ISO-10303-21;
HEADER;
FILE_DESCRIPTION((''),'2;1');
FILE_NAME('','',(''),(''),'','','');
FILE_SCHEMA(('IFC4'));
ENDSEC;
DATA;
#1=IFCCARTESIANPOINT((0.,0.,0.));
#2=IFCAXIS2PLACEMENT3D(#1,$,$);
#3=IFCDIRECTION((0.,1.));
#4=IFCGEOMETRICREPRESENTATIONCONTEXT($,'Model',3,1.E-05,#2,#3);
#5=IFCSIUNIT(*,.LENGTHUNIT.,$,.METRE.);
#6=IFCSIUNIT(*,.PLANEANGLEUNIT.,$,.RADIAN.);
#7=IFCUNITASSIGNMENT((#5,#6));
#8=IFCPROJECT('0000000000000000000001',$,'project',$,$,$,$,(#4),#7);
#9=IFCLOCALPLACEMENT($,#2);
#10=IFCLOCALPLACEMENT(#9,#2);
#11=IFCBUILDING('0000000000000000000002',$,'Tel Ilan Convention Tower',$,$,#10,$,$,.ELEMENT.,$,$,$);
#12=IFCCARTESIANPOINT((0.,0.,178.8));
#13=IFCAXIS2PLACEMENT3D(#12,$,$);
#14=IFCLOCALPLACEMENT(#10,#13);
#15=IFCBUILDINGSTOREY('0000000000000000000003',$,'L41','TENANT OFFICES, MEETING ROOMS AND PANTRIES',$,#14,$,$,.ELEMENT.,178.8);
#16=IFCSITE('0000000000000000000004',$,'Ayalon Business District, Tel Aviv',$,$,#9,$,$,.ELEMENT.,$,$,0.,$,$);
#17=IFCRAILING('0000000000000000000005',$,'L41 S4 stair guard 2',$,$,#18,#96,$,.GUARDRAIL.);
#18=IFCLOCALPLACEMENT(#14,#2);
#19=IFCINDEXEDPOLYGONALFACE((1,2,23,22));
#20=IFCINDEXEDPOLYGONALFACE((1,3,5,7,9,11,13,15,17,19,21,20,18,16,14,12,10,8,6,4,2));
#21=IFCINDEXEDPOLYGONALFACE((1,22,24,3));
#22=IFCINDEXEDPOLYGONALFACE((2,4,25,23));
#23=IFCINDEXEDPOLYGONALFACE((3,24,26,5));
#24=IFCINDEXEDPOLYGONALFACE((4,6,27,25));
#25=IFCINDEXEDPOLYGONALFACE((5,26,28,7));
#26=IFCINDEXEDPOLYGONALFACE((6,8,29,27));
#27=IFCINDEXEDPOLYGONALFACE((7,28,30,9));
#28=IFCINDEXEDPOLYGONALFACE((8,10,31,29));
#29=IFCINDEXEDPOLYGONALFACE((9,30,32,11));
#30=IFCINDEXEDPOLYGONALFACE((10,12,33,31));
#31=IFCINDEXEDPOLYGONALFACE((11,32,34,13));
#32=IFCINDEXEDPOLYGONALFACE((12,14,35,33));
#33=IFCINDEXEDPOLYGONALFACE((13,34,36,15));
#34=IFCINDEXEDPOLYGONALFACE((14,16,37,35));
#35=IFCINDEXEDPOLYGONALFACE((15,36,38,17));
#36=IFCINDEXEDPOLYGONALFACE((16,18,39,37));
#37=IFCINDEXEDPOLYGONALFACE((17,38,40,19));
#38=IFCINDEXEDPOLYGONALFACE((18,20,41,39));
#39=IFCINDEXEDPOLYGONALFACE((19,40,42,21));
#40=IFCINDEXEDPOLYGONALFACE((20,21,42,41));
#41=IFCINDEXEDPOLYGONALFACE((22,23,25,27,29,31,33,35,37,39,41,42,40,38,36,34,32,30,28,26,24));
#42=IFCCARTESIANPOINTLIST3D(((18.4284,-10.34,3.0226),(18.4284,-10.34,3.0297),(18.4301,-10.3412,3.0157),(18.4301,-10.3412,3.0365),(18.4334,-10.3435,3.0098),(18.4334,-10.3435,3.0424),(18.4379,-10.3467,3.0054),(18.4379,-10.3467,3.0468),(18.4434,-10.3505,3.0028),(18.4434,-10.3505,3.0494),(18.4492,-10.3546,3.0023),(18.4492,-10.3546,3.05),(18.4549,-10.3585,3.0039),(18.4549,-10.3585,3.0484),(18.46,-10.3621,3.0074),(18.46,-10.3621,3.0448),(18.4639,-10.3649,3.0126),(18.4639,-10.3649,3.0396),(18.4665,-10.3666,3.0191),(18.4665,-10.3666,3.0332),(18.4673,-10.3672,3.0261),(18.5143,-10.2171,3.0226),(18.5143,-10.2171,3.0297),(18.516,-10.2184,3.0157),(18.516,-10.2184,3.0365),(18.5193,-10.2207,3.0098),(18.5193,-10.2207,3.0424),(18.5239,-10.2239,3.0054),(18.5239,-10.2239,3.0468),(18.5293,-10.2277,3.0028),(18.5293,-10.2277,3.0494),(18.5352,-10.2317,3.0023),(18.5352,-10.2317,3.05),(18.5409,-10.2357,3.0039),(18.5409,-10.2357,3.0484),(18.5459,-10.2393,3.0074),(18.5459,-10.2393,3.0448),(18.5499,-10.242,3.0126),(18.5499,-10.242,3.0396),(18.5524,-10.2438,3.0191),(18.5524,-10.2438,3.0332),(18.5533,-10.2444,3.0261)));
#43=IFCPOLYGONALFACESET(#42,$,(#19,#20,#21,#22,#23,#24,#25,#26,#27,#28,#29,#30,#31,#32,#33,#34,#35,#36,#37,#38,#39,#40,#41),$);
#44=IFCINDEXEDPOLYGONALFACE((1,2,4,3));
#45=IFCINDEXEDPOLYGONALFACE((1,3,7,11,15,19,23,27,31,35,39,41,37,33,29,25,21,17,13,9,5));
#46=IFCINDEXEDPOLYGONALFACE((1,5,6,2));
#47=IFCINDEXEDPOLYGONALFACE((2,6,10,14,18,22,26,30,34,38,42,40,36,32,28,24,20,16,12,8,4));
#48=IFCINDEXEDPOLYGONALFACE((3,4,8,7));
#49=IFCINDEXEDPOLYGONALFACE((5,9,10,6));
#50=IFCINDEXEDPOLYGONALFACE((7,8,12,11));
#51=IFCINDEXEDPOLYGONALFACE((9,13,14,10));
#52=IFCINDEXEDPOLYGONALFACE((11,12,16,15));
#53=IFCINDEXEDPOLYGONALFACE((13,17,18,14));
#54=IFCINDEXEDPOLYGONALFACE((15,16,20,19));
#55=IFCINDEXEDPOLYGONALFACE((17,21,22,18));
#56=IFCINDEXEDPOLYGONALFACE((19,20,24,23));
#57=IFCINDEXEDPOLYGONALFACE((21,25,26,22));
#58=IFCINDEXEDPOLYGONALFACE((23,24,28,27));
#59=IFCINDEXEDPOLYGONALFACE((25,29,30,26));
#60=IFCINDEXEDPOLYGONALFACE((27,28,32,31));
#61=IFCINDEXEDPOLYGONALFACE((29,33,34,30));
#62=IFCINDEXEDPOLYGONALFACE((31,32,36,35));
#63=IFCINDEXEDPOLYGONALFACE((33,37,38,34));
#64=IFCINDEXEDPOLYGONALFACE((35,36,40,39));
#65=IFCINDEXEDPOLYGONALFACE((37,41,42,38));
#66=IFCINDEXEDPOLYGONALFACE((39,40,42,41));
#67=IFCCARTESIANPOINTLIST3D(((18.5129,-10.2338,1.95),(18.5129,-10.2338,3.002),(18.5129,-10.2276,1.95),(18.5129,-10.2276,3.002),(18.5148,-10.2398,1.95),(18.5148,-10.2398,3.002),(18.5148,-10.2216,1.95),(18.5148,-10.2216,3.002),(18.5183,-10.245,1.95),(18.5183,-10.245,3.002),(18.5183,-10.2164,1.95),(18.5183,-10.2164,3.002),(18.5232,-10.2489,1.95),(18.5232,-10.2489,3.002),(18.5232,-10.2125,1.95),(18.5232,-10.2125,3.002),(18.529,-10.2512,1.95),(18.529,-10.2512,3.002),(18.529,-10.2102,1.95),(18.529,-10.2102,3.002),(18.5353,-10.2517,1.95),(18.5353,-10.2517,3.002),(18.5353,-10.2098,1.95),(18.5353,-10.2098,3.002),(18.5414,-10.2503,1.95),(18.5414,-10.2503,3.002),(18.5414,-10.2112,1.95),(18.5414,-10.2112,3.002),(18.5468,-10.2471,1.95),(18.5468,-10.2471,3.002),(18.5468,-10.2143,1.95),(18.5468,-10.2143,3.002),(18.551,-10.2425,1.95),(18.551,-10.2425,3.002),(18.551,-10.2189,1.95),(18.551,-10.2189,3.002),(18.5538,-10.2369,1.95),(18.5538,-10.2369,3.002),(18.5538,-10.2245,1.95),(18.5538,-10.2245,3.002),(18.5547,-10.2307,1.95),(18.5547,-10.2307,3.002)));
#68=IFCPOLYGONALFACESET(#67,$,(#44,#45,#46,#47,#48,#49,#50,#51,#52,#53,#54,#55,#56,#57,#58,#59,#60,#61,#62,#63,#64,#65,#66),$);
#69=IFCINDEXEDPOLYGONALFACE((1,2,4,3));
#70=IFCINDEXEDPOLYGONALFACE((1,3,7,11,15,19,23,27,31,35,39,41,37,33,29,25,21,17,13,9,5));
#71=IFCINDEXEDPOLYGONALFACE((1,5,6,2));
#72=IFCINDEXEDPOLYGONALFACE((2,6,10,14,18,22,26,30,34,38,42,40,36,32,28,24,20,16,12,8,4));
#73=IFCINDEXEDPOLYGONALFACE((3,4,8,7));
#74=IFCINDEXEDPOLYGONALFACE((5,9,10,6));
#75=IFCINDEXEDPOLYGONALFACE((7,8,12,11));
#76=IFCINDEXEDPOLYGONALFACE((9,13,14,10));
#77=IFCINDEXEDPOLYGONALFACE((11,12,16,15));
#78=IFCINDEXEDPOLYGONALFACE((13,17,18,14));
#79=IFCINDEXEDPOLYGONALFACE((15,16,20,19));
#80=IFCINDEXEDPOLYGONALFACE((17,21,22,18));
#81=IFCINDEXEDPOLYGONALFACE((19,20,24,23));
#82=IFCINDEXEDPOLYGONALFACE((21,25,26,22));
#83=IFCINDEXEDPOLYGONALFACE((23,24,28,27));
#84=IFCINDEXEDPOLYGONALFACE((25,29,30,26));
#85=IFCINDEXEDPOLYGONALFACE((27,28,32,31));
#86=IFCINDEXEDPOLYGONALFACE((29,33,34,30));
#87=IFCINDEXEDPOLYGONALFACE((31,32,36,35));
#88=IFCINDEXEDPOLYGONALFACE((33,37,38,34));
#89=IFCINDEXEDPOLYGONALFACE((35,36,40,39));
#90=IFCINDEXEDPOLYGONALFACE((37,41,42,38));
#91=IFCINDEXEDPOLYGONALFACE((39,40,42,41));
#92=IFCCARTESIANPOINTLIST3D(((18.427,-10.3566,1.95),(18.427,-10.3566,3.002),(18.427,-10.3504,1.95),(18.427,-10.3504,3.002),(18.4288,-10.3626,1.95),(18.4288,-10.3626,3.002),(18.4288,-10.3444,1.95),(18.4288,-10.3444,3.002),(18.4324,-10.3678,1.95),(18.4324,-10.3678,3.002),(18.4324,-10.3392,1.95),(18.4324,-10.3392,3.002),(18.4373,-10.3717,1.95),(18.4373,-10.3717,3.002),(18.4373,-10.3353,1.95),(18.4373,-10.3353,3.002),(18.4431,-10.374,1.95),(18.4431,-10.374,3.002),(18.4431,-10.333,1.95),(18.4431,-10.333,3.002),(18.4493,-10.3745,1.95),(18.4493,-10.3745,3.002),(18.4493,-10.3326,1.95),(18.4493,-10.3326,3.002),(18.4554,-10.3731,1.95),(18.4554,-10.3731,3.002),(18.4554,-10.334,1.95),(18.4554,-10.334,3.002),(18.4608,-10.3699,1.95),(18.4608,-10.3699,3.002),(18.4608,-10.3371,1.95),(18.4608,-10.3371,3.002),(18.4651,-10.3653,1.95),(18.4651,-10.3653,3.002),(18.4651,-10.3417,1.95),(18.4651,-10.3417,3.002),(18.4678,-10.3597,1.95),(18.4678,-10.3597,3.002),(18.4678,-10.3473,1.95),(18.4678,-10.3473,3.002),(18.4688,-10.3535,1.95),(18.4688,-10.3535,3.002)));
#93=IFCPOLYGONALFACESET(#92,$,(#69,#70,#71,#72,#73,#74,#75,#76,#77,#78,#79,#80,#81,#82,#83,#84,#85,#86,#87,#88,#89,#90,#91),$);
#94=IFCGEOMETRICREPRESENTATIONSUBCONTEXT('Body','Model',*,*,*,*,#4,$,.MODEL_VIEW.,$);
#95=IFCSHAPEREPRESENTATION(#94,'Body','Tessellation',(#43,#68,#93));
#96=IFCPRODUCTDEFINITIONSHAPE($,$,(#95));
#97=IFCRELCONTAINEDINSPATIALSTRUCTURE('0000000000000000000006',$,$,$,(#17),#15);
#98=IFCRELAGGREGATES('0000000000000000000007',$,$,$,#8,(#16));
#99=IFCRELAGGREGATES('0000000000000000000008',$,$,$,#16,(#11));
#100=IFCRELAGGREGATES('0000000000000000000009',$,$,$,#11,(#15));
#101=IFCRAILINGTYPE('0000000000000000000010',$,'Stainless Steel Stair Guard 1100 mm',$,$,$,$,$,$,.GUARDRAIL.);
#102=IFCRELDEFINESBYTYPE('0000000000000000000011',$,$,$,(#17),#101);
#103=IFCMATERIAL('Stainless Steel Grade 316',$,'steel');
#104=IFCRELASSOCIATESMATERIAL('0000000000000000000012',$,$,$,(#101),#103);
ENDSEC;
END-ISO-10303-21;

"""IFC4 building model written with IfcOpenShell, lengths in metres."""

from ifc_helpers import new_model, si_unit, direction, frame, origin, origin_2d, place, context, subcontext, project, spatial, circle, extrude, material, type_object, element, save


model = new_model("IFC4")

# Units and contexts
model_context = context("Model", 3, precision=1e-05, world=origin(), true_north=direction((0.0, 1.0)))
body_context = subcontext(model_context, "Body", "Model", "MODEL_VIEW")
ifc_project = project(units=[si_unit("LENGTHUNIT", "METRE"), si_unit("PLANEANGLEUNIT", "RADIAN")], contexts=[model_context])

# Site, building, storey
site_placement = place(None, origin())
site = spatial("IfcSite", under=ifc_project, at=site_placement, Name="Ayalon Business District, Tel Aviv", CompositionType="ELEMENT", RefElevation=0.0)
building_placement = place(site_placement, origin())
building = spatial("IfcBuilding", under=site, at=building_placement, Name="Tel Ilan Convention Tower", CompositionType="ELEMENT")
storey_placement = place(building_placement, frame((0.0, 0.0, 178.8)))
storey = spatial("IfcBuildingStorey", under=building, at=storey_placement, Name="L41", Description="TENANT OFFICES, MEETING ROOMS AND PANTRIES", CompositionType="ELEMENT", Elevation=178.8)

# Railing
ifc_material_1 = material(Name="Stainless Steel Grade 316", Category="steel")
railing_type_1 = type_object("IfcRailingType", Name="Stainless Steel Stair Guard 1100 mm", PredefinedType="GUARDRAIL", material=ifc_material_1)
railing_1_placement = place(storey_placement, frame((18.5337, -10.2307, 1.95)))
element("IfcRailing", 1, at=railing_1_placement, inside=storey, type_object=railing_type_1, Name="L41 S4 stair guard 2", PredefinedType="GUARDRAIL", context=body_context, shape_type="SweptSolid", body=[
    extrude(circle(Radius=0.0239, at=origin_2d()), frame((0.0, 0.0, 1.0762), z_axis=(-0.573353, -0.819308, 0.0), x_axis=(0.819308, -0.573353, 0.0)), (0.0, 0.0, 1.0), 0.1499),
    extrude(circle(Radius=0.021, at=origin_2d()), origin(), (0.0, 0.0, 1.0), 1.052),
    extrude(circle(Radius=0.021, at=origin_2d()), frame((-0.0859, -0.1228, 0.0)), (0.0, 0.0, 1.0), 1.052),
])

save(model, "model.ifc")
